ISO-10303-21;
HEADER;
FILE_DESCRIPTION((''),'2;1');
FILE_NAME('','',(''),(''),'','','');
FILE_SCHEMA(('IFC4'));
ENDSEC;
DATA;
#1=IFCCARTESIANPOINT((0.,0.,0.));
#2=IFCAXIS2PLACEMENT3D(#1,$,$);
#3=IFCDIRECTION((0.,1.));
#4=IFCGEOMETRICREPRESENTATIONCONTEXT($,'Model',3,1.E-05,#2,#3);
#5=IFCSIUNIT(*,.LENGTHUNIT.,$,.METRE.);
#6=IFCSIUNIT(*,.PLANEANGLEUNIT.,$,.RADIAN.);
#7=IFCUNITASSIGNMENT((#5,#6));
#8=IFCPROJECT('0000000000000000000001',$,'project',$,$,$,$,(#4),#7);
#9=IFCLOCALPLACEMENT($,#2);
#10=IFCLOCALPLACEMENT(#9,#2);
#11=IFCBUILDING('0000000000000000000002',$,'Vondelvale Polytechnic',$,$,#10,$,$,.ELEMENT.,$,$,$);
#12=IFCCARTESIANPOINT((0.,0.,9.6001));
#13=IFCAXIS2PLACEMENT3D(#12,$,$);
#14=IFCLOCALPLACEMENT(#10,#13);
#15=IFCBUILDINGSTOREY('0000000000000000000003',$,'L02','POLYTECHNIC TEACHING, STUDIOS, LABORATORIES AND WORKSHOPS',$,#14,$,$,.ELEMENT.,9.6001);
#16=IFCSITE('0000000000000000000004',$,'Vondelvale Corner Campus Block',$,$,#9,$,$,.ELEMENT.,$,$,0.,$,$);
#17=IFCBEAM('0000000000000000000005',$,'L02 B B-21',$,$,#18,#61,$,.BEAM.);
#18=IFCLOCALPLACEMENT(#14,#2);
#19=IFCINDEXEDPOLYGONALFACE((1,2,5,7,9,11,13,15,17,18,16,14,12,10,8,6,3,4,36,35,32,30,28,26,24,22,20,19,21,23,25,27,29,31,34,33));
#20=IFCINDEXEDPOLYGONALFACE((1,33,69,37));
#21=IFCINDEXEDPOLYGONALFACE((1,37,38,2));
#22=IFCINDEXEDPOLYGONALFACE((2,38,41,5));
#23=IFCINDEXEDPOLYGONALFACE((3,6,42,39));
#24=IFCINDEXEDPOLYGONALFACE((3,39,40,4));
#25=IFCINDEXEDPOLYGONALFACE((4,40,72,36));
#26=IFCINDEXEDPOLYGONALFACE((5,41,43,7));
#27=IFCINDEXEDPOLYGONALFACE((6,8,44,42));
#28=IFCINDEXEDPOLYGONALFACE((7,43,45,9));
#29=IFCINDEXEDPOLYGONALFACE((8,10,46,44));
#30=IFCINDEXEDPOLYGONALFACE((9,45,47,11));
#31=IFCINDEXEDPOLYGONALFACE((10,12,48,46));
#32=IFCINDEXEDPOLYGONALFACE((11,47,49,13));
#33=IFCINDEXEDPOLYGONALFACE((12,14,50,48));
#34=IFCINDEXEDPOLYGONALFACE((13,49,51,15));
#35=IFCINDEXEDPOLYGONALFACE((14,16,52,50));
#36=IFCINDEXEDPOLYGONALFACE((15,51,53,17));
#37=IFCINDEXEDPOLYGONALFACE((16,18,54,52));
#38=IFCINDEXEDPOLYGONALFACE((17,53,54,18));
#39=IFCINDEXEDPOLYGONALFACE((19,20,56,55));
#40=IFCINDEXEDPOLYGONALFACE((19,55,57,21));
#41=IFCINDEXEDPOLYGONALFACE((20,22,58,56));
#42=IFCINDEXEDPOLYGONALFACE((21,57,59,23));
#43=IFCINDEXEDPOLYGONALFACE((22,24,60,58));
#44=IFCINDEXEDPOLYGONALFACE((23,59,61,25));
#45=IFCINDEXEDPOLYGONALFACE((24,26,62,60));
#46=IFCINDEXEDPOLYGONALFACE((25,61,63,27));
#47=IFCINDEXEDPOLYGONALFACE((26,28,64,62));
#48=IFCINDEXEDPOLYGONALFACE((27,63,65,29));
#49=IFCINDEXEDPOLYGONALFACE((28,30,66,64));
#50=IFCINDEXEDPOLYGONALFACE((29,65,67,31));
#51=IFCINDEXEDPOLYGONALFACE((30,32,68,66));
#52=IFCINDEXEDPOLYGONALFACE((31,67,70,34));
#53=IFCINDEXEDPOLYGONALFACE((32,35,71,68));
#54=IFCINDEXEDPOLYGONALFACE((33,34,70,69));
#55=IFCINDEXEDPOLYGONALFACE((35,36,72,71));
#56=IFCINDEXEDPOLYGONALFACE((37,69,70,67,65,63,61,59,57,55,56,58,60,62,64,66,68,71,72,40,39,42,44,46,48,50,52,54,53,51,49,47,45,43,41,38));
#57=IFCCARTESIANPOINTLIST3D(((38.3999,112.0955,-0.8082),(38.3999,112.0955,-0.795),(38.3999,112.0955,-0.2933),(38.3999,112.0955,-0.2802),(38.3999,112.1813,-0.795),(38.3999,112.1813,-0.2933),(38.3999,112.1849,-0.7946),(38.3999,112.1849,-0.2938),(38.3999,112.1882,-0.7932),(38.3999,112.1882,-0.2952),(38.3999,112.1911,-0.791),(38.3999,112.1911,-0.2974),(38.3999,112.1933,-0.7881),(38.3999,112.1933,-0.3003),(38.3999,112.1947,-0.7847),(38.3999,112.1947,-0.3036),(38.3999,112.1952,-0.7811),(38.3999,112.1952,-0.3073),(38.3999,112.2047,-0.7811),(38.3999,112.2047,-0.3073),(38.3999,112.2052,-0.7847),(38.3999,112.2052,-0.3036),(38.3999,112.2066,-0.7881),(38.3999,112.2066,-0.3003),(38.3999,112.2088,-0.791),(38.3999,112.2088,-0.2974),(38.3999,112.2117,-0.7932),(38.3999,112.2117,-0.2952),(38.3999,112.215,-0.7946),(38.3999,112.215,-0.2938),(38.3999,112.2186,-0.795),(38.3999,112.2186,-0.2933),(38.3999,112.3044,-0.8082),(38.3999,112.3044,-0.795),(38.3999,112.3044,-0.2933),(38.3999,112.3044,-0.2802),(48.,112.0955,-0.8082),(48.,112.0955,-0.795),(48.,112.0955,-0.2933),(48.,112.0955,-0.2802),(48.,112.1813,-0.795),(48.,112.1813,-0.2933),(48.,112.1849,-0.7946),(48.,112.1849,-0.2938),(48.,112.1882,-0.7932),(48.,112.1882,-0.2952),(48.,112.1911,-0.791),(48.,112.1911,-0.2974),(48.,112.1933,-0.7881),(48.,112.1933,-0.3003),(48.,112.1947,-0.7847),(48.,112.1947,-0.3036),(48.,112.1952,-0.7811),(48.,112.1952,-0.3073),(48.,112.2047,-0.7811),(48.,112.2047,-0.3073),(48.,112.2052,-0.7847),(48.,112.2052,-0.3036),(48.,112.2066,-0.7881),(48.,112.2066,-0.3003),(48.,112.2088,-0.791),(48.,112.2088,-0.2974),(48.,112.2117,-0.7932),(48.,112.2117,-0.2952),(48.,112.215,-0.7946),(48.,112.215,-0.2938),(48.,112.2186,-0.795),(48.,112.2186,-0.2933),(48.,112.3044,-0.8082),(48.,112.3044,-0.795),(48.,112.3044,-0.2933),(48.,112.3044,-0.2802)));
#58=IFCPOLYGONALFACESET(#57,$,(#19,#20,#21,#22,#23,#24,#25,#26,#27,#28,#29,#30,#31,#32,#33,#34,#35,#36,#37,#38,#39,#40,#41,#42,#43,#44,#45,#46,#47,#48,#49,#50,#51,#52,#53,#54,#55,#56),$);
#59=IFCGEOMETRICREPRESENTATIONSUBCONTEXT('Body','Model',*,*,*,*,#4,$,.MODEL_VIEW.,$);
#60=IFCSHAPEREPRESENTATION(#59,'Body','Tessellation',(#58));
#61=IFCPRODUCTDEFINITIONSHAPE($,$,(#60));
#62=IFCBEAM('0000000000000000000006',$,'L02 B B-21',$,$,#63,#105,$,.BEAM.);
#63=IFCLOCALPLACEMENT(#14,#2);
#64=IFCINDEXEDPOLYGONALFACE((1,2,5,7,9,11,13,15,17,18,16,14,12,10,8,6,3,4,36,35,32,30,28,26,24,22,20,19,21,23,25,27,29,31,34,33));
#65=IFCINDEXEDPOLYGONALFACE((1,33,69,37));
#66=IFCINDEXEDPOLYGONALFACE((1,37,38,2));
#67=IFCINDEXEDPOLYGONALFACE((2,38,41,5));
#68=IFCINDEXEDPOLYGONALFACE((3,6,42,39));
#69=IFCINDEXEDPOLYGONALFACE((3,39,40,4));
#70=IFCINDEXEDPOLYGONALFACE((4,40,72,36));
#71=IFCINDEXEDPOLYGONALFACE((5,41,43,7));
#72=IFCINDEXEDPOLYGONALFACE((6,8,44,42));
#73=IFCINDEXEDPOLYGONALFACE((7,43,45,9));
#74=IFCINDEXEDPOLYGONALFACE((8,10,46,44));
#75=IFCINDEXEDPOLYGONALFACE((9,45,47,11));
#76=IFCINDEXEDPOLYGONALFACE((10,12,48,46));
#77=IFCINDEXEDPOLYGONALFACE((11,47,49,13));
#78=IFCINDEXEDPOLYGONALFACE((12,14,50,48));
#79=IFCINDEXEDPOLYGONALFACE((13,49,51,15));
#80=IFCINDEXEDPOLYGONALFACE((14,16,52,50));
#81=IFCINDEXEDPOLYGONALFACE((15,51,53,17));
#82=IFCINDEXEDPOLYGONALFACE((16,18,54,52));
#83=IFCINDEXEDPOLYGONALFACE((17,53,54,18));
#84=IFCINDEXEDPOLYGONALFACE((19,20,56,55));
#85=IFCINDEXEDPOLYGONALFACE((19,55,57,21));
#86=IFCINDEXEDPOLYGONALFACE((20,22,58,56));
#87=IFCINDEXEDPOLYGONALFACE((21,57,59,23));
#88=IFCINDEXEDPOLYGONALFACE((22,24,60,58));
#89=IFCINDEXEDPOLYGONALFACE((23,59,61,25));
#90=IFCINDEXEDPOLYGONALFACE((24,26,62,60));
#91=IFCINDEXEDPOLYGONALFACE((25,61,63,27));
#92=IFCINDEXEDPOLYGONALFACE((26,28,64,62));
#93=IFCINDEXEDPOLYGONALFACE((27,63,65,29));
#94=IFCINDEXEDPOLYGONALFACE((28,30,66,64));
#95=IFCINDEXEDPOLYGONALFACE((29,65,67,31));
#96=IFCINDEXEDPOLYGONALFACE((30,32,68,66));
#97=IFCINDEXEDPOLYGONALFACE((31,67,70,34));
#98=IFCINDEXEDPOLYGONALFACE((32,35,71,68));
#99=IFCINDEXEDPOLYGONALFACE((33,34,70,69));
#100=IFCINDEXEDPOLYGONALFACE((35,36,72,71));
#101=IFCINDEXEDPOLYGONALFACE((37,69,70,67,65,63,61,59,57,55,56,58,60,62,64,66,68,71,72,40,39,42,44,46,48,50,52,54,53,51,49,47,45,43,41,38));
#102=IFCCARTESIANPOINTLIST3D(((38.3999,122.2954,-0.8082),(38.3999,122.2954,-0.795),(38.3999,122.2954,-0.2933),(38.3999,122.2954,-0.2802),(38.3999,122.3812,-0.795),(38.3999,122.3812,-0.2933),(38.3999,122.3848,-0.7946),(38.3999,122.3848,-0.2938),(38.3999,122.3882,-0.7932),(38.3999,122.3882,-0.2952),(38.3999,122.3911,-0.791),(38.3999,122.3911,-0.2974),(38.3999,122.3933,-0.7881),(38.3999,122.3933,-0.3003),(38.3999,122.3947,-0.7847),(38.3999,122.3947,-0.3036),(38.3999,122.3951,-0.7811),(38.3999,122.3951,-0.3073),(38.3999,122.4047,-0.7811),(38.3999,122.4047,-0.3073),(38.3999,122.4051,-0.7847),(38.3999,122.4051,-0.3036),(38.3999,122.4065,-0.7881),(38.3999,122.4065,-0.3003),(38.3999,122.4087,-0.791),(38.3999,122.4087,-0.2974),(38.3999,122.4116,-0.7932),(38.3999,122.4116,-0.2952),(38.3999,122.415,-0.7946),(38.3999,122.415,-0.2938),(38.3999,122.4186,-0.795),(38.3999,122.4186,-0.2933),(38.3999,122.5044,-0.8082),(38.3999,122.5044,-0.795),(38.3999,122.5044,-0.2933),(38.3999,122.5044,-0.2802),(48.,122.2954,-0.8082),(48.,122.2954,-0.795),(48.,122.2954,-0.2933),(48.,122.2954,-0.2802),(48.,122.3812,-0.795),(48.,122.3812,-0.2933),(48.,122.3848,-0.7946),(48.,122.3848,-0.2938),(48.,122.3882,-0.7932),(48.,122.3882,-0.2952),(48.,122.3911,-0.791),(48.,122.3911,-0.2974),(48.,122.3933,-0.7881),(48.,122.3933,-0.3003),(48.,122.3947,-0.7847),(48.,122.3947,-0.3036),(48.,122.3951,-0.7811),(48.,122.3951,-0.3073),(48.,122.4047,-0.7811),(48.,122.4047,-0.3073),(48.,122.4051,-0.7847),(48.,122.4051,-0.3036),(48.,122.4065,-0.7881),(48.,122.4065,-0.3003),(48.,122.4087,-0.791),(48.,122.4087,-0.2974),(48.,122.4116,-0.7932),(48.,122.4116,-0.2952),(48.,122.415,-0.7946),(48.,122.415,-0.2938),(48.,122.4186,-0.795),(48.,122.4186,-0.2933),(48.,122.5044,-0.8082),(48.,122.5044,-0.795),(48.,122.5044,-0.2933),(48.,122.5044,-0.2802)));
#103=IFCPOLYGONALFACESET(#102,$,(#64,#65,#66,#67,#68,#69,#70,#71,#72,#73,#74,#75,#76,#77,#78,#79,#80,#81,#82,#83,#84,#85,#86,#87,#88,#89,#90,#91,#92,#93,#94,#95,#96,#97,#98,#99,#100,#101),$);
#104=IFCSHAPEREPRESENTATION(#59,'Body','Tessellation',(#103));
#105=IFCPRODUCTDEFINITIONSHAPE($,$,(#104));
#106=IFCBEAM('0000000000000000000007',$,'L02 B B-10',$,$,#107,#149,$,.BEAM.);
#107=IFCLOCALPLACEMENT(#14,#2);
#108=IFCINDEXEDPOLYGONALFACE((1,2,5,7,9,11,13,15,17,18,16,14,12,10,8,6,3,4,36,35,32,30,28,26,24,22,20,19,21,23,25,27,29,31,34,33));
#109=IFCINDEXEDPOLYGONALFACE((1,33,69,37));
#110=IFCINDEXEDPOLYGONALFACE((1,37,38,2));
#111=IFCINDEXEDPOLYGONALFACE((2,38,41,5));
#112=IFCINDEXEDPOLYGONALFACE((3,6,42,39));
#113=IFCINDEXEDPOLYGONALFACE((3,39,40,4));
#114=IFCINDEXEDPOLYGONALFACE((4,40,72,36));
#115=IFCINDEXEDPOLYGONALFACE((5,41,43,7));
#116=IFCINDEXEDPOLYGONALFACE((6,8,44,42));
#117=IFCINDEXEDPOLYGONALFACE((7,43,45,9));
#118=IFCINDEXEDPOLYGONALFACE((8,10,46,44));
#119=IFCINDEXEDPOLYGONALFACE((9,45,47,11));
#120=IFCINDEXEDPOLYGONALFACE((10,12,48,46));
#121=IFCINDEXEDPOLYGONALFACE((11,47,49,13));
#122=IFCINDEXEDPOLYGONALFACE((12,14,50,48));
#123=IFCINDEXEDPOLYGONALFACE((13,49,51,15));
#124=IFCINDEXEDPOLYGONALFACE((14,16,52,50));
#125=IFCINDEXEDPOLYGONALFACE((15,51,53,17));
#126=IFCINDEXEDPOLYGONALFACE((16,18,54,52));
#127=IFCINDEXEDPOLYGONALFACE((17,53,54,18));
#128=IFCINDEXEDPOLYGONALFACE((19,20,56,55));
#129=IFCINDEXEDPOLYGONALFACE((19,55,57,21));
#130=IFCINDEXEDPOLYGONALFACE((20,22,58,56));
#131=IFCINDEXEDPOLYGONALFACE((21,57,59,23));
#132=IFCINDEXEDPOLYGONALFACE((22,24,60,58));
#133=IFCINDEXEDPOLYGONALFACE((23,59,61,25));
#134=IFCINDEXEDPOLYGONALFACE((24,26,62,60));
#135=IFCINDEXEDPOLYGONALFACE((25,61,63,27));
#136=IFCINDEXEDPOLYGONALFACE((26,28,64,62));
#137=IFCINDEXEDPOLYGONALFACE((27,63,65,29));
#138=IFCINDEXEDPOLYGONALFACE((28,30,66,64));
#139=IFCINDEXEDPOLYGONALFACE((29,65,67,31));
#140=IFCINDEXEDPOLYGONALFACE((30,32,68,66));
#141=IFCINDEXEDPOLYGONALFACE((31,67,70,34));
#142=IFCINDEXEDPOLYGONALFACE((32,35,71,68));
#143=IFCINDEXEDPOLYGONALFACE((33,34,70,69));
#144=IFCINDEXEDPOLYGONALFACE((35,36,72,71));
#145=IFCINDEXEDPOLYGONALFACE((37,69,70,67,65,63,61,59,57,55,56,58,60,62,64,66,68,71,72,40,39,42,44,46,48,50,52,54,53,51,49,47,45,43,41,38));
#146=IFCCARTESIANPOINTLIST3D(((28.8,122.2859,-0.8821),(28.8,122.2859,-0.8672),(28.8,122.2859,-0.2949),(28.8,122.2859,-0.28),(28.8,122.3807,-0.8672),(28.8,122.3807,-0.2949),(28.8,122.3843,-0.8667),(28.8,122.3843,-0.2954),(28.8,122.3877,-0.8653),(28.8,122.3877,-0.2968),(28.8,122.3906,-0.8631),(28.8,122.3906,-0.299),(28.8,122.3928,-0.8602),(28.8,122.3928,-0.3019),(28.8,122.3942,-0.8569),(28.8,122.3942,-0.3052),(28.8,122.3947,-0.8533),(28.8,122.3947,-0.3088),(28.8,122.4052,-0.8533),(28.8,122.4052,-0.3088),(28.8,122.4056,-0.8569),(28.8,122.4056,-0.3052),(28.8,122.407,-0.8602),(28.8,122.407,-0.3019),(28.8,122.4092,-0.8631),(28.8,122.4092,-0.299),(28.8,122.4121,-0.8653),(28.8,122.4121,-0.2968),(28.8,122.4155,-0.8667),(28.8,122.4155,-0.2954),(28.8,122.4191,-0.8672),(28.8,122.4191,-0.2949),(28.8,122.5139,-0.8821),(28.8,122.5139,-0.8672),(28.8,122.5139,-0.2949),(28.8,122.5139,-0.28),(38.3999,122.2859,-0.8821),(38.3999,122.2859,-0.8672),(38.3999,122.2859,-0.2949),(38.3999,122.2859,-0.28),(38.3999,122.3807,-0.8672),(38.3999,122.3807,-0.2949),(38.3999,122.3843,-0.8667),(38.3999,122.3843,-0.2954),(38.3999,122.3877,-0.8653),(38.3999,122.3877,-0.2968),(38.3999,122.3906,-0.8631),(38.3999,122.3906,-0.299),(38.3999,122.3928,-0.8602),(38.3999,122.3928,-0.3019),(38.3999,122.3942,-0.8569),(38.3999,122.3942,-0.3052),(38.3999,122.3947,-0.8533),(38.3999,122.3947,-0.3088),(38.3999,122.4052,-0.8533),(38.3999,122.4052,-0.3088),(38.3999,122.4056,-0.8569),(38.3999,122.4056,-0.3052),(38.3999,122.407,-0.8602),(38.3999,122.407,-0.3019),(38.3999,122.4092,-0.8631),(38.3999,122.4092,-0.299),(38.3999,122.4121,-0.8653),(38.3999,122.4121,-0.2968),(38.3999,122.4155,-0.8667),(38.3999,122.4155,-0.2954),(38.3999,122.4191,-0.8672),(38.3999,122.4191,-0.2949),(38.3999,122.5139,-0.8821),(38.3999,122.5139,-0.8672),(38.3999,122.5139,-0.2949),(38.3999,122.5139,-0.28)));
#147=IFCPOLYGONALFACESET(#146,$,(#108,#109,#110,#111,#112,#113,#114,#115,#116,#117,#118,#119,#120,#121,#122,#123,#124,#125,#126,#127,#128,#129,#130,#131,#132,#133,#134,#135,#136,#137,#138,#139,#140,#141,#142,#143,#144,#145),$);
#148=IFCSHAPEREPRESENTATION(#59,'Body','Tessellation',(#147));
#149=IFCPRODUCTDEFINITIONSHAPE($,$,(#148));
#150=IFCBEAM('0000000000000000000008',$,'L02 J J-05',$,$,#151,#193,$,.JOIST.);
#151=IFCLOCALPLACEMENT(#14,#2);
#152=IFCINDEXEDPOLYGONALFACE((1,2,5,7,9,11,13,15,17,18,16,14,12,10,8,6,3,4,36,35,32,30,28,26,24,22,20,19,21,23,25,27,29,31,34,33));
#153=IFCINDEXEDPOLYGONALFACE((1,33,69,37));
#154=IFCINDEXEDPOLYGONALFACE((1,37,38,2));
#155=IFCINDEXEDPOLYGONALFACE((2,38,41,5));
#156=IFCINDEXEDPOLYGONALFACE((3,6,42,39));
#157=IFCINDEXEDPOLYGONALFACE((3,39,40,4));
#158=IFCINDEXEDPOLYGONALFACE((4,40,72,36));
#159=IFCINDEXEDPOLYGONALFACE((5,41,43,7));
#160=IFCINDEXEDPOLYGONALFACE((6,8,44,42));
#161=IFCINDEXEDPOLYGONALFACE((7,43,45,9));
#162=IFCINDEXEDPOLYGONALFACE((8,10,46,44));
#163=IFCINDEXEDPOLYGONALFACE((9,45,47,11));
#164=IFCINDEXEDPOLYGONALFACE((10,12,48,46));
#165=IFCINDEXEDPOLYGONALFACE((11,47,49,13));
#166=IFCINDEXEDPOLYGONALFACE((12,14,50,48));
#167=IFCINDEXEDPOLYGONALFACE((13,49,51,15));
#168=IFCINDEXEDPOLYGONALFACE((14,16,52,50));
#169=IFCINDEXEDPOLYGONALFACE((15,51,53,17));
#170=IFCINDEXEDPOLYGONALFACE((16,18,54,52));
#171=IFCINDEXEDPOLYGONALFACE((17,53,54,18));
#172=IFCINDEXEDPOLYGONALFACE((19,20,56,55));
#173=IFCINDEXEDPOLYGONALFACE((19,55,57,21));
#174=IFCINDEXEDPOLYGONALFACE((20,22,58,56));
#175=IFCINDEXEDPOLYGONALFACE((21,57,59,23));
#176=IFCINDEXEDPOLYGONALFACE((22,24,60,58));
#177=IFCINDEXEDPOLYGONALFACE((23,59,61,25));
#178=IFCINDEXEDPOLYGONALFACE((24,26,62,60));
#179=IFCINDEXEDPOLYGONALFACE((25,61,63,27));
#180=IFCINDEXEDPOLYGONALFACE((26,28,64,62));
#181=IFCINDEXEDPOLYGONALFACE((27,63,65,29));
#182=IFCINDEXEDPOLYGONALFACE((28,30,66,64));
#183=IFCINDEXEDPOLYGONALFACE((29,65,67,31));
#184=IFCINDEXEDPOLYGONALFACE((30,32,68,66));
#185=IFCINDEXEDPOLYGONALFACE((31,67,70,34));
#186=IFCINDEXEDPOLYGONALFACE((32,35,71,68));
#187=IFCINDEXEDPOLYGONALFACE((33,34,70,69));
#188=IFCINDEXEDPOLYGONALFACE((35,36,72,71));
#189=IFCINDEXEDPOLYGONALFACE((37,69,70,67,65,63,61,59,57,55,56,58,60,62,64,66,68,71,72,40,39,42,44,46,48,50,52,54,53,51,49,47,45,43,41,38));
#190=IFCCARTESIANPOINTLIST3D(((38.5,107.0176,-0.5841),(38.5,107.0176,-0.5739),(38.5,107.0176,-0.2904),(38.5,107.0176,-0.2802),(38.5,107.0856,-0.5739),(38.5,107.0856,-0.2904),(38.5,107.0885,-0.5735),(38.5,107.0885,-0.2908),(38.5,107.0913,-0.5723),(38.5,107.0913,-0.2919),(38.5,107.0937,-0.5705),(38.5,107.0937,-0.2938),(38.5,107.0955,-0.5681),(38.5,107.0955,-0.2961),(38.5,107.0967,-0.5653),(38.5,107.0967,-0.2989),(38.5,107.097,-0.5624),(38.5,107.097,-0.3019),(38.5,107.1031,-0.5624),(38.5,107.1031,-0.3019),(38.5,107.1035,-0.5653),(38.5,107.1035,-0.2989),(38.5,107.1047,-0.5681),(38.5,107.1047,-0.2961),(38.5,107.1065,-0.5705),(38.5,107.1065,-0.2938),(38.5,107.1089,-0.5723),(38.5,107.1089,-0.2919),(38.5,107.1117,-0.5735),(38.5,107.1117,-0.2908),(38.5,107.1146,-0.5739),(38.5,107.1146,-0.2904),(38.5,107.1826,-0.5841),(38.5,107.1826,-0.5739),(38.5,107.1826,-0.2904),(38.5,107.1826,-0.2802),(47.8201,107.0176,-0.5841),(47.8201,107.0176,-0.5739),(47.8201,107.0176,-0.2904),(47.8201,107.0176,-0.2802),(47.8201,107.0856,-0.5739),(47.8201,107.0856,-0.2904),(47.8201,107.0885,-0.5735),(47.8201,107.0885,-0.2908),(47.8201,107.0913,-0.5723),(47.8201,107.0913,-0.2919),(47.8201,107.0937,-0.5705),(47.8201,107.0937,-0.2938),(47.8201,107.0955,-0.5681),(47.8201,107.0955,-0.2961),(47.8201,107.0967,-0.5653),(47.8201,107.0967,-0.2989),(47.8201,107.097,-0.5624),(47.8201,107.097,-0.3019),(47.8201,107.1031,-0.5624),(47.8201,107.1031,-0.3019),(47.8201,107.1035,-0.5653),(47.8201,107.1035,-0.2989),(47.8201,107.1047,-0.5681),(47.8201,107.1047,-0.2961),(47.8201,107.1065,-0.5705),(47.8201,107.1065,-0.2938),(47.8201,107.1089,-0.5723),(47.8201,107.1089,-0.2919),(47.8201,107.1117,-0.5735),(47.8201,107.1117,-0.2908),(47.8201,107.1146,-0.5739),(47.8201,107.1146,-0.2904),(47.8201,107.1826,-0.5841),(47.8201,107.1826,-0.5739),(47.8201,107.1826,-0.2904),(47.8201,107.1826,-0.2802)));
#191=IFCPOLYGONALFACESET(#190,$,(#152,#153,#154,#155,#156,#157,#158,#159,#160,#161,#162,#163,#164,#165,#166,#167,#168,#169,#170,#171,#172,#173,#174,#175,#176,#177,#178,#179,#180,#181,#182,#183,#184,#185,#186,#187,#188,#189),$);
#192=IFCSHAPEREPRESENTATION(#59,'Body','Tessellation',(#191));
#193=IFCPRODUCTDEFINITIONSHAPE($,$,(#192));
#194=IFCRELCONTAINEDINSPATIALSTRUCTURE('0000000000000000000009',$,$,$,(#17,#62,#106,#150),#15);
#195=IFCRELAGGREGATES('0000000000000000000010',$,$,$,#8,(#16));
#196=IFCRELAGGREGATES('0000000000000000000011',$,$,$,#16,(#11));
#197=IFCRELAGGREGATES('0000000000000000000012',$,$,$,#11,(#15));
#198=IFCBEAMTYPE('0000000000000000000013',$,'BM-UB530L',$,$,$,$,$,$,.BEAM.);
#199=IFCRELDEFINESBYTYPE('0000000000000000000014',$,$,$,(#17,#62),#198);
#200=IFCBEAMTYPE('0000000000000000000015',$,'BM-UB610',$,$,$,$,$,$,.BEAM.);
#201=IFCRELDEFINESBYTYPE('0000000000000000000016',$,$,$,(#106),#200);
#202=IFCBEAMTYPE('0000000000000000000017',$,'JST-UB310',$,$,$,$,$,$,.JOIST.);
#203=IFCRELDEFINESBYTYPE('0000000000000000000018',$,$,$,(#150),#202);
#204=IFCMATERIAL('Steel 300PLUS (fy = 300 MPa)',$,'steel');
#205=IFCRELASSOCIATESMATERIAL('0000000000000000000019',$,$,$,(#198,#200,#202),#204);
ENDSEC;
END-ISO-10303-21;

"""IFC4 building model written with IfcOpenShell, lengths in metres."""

from ifc_helpers import new_model, si_unit, direction, frame, origin, origin_2d, place, context, subcontext, project, spatial, i_section, extrude, material, material_profile, profile_set, type_object, element, save


model = new_model("IFC4")

# Units and contexts
model_context = context("Model", 3, precision=1e-05, world=origin(), true_north=direction((0.0, 1.0)))
body_context = subcontext(model_context, "Body", "Model", "MODEL_VIEW")
ifc_project = project(units=[si_unit("LENGTHUNIT", "METRE"), si_unit("PLANEANGLEUNIT", "RADIAN")], contexts=[model_context])

# Site, building, storey
site_placement = place(None, origin())
site = spatial("IfcSite", under=ifc_project, at=site_placement, Name="Vondelvale Corner Campus Block", CompositionType="ELEMENT", RefElevation=0.0)
building_placement = place(site_placement, origin())
building = spatial("IfcBuilding", under=site, at=building_placement, Name="Vondelvale Polytechnic", CompositionType="ELEMENT")
storey_placement = place(building_placement, frame((0.0, 0.0, 9.6001)))
storey = spatial("IfcBuildingStorey", under=building, at=storey_placement, Name="L02", Description="POLYTECHNIC TEACHING, STUDIOS, LABORATORIES AND WORKSHOPS", CompositionType="ELEMENT", Elevation=9.6001)

# Shared definitions
ifc_material_1 = material(Name="Steel 300PLUS (fy = 300 MPa)", Category="steel")

# Beams
ifc_material_profile_1 = material_profile(ifc_material_1, i_section(OverallWidth=0.209, OverallDepth=0.5281, WebThickness=0.0095, FlangeThickness=0.0132, FilletRadius=0.0139, at=origin_2d()), Name="530UB82.0")
ifc_profile_set_1 = profile_set([ifc_material_profile_1], Name="Steel 300PLUS (fy = 300 MPa)")
beam_type_1 = type_object("IfcBeamType", Name="BM-UB530L", PredefinedType="BEAM", material=ifc_profile_set_1)
for number, where, z_axis, x_axis, name in (
    (1, (38.3999, 112.2, -0.5442), (1.0, 0.0, 0.0), (0.0, 1.0, 0.0), "L02 B B-21"),
    (2, (38.3999, 122.3999, -0.5442), (1.0, 0.0, 0.0), (0.0, 1.0, 0.0), "L02 B B-21"),
):
    element("IfcBeam", number, at=place(storey_placement, frame(where, z_axis=z_axis, x_axis=x_axis)), inside=storey, type_object=beam_type_1, Name=name, PredefinedType="BEAM", context=body_context, shape_type="SweptSolid", body=[
        extrude(i_section(OverallWidth=0.209, OverallDepth=0.5281, WebThickness=0.0095, FlangeThickness=0.0132, FilletRadius=0.0139, at=origin_2d()), origin(), (0.0, 0.0, 1.0), 9.6001),
    ])
ifc_material_profile_2 = material_profile(ifc_material_1, i_section(OverallWidth=0.228, OverallDepth=0.6021, WebThickness=0.0105, FlangeThickness=0.0149, FilletRadius=0.0139, at=origin_2d()), Name="610UB101")
ifc_profile_set_2 = profile_set([ifc_material_profile_2], Name="Steel 300PLUS (fy = 300 MPa)")
beam_type_2 = type_object("IfcBeamType", Name="BM-UB610", PredefinedType="BEAM", material=ifc_profile_set_2)
beam_placement = place(storey_placement, frame((28.8, 122.3999, -0.5811), z_axis=(1.0, 0.0, 0.0), x_axis=(0.0, 1.0, 0.0)))
element("IfcBeam", 3, at=beam_placement, inside=storey, type_object=beam_type_2, Name="L02 B B-10", PredefinedType="BEAM", context=body_context, shape_type="SweptSolid", body=[
    extrude(i_section(OverallWidth=0.228, OverallDepth=0.6021, WebThickness=0.0105, FlangeThickness=0.0149, FilletRadius=0.0139, at=origin_2d()), origin(), (0.0, 0.0, 1.0), 9.5999),
])
ifc_material_profile_3 = material_profile(ifc_material_1, i_section(OverallWidth=0.165, OverallDepth=0.304, WebThickness=0.0061, FlangeThickness=0.0103, FilletRadius=0.0115, at=origin_2d()), Name="310UB40.4")
ifc_profile_set_3 = profile_set([ifc_material_profile_3], Name="Steel 300PLUS (fy = 300 MPa)")
beam_type_3 = type_object("IfcBeamType", Name="JST-UB310", PredefinedType="JOIST", material=ifc_profile_set_3)
for number, where, z_axis, x_axis, name in (
    (4, (38.5, 107.1001, -0.4321), (1.0, 0.0, 0.0), (0.0, 1.0, 0.0), "L02 J J-05"),
):
    element("IfcBeam", number, at=place(storey_placement, frame(where, z_axis=z_axis, x_axis=x_axis)), inside=storey, type_object=beam_type_3, Name=name, PredefinedType="JOIST", context=body_context, shape_type="SweptSolid", body=[
        extrude(i_section(OverallWidth=0.165, OverallDepth=0.304, WebThickness=0.0061, FlangeThickness=0.0103, FilletRadius=0.0115, at=origin_2d()), origin(), (0.0, 0.0, 1.0), 9.3201),
    ])

save(model, "model.ifc")
